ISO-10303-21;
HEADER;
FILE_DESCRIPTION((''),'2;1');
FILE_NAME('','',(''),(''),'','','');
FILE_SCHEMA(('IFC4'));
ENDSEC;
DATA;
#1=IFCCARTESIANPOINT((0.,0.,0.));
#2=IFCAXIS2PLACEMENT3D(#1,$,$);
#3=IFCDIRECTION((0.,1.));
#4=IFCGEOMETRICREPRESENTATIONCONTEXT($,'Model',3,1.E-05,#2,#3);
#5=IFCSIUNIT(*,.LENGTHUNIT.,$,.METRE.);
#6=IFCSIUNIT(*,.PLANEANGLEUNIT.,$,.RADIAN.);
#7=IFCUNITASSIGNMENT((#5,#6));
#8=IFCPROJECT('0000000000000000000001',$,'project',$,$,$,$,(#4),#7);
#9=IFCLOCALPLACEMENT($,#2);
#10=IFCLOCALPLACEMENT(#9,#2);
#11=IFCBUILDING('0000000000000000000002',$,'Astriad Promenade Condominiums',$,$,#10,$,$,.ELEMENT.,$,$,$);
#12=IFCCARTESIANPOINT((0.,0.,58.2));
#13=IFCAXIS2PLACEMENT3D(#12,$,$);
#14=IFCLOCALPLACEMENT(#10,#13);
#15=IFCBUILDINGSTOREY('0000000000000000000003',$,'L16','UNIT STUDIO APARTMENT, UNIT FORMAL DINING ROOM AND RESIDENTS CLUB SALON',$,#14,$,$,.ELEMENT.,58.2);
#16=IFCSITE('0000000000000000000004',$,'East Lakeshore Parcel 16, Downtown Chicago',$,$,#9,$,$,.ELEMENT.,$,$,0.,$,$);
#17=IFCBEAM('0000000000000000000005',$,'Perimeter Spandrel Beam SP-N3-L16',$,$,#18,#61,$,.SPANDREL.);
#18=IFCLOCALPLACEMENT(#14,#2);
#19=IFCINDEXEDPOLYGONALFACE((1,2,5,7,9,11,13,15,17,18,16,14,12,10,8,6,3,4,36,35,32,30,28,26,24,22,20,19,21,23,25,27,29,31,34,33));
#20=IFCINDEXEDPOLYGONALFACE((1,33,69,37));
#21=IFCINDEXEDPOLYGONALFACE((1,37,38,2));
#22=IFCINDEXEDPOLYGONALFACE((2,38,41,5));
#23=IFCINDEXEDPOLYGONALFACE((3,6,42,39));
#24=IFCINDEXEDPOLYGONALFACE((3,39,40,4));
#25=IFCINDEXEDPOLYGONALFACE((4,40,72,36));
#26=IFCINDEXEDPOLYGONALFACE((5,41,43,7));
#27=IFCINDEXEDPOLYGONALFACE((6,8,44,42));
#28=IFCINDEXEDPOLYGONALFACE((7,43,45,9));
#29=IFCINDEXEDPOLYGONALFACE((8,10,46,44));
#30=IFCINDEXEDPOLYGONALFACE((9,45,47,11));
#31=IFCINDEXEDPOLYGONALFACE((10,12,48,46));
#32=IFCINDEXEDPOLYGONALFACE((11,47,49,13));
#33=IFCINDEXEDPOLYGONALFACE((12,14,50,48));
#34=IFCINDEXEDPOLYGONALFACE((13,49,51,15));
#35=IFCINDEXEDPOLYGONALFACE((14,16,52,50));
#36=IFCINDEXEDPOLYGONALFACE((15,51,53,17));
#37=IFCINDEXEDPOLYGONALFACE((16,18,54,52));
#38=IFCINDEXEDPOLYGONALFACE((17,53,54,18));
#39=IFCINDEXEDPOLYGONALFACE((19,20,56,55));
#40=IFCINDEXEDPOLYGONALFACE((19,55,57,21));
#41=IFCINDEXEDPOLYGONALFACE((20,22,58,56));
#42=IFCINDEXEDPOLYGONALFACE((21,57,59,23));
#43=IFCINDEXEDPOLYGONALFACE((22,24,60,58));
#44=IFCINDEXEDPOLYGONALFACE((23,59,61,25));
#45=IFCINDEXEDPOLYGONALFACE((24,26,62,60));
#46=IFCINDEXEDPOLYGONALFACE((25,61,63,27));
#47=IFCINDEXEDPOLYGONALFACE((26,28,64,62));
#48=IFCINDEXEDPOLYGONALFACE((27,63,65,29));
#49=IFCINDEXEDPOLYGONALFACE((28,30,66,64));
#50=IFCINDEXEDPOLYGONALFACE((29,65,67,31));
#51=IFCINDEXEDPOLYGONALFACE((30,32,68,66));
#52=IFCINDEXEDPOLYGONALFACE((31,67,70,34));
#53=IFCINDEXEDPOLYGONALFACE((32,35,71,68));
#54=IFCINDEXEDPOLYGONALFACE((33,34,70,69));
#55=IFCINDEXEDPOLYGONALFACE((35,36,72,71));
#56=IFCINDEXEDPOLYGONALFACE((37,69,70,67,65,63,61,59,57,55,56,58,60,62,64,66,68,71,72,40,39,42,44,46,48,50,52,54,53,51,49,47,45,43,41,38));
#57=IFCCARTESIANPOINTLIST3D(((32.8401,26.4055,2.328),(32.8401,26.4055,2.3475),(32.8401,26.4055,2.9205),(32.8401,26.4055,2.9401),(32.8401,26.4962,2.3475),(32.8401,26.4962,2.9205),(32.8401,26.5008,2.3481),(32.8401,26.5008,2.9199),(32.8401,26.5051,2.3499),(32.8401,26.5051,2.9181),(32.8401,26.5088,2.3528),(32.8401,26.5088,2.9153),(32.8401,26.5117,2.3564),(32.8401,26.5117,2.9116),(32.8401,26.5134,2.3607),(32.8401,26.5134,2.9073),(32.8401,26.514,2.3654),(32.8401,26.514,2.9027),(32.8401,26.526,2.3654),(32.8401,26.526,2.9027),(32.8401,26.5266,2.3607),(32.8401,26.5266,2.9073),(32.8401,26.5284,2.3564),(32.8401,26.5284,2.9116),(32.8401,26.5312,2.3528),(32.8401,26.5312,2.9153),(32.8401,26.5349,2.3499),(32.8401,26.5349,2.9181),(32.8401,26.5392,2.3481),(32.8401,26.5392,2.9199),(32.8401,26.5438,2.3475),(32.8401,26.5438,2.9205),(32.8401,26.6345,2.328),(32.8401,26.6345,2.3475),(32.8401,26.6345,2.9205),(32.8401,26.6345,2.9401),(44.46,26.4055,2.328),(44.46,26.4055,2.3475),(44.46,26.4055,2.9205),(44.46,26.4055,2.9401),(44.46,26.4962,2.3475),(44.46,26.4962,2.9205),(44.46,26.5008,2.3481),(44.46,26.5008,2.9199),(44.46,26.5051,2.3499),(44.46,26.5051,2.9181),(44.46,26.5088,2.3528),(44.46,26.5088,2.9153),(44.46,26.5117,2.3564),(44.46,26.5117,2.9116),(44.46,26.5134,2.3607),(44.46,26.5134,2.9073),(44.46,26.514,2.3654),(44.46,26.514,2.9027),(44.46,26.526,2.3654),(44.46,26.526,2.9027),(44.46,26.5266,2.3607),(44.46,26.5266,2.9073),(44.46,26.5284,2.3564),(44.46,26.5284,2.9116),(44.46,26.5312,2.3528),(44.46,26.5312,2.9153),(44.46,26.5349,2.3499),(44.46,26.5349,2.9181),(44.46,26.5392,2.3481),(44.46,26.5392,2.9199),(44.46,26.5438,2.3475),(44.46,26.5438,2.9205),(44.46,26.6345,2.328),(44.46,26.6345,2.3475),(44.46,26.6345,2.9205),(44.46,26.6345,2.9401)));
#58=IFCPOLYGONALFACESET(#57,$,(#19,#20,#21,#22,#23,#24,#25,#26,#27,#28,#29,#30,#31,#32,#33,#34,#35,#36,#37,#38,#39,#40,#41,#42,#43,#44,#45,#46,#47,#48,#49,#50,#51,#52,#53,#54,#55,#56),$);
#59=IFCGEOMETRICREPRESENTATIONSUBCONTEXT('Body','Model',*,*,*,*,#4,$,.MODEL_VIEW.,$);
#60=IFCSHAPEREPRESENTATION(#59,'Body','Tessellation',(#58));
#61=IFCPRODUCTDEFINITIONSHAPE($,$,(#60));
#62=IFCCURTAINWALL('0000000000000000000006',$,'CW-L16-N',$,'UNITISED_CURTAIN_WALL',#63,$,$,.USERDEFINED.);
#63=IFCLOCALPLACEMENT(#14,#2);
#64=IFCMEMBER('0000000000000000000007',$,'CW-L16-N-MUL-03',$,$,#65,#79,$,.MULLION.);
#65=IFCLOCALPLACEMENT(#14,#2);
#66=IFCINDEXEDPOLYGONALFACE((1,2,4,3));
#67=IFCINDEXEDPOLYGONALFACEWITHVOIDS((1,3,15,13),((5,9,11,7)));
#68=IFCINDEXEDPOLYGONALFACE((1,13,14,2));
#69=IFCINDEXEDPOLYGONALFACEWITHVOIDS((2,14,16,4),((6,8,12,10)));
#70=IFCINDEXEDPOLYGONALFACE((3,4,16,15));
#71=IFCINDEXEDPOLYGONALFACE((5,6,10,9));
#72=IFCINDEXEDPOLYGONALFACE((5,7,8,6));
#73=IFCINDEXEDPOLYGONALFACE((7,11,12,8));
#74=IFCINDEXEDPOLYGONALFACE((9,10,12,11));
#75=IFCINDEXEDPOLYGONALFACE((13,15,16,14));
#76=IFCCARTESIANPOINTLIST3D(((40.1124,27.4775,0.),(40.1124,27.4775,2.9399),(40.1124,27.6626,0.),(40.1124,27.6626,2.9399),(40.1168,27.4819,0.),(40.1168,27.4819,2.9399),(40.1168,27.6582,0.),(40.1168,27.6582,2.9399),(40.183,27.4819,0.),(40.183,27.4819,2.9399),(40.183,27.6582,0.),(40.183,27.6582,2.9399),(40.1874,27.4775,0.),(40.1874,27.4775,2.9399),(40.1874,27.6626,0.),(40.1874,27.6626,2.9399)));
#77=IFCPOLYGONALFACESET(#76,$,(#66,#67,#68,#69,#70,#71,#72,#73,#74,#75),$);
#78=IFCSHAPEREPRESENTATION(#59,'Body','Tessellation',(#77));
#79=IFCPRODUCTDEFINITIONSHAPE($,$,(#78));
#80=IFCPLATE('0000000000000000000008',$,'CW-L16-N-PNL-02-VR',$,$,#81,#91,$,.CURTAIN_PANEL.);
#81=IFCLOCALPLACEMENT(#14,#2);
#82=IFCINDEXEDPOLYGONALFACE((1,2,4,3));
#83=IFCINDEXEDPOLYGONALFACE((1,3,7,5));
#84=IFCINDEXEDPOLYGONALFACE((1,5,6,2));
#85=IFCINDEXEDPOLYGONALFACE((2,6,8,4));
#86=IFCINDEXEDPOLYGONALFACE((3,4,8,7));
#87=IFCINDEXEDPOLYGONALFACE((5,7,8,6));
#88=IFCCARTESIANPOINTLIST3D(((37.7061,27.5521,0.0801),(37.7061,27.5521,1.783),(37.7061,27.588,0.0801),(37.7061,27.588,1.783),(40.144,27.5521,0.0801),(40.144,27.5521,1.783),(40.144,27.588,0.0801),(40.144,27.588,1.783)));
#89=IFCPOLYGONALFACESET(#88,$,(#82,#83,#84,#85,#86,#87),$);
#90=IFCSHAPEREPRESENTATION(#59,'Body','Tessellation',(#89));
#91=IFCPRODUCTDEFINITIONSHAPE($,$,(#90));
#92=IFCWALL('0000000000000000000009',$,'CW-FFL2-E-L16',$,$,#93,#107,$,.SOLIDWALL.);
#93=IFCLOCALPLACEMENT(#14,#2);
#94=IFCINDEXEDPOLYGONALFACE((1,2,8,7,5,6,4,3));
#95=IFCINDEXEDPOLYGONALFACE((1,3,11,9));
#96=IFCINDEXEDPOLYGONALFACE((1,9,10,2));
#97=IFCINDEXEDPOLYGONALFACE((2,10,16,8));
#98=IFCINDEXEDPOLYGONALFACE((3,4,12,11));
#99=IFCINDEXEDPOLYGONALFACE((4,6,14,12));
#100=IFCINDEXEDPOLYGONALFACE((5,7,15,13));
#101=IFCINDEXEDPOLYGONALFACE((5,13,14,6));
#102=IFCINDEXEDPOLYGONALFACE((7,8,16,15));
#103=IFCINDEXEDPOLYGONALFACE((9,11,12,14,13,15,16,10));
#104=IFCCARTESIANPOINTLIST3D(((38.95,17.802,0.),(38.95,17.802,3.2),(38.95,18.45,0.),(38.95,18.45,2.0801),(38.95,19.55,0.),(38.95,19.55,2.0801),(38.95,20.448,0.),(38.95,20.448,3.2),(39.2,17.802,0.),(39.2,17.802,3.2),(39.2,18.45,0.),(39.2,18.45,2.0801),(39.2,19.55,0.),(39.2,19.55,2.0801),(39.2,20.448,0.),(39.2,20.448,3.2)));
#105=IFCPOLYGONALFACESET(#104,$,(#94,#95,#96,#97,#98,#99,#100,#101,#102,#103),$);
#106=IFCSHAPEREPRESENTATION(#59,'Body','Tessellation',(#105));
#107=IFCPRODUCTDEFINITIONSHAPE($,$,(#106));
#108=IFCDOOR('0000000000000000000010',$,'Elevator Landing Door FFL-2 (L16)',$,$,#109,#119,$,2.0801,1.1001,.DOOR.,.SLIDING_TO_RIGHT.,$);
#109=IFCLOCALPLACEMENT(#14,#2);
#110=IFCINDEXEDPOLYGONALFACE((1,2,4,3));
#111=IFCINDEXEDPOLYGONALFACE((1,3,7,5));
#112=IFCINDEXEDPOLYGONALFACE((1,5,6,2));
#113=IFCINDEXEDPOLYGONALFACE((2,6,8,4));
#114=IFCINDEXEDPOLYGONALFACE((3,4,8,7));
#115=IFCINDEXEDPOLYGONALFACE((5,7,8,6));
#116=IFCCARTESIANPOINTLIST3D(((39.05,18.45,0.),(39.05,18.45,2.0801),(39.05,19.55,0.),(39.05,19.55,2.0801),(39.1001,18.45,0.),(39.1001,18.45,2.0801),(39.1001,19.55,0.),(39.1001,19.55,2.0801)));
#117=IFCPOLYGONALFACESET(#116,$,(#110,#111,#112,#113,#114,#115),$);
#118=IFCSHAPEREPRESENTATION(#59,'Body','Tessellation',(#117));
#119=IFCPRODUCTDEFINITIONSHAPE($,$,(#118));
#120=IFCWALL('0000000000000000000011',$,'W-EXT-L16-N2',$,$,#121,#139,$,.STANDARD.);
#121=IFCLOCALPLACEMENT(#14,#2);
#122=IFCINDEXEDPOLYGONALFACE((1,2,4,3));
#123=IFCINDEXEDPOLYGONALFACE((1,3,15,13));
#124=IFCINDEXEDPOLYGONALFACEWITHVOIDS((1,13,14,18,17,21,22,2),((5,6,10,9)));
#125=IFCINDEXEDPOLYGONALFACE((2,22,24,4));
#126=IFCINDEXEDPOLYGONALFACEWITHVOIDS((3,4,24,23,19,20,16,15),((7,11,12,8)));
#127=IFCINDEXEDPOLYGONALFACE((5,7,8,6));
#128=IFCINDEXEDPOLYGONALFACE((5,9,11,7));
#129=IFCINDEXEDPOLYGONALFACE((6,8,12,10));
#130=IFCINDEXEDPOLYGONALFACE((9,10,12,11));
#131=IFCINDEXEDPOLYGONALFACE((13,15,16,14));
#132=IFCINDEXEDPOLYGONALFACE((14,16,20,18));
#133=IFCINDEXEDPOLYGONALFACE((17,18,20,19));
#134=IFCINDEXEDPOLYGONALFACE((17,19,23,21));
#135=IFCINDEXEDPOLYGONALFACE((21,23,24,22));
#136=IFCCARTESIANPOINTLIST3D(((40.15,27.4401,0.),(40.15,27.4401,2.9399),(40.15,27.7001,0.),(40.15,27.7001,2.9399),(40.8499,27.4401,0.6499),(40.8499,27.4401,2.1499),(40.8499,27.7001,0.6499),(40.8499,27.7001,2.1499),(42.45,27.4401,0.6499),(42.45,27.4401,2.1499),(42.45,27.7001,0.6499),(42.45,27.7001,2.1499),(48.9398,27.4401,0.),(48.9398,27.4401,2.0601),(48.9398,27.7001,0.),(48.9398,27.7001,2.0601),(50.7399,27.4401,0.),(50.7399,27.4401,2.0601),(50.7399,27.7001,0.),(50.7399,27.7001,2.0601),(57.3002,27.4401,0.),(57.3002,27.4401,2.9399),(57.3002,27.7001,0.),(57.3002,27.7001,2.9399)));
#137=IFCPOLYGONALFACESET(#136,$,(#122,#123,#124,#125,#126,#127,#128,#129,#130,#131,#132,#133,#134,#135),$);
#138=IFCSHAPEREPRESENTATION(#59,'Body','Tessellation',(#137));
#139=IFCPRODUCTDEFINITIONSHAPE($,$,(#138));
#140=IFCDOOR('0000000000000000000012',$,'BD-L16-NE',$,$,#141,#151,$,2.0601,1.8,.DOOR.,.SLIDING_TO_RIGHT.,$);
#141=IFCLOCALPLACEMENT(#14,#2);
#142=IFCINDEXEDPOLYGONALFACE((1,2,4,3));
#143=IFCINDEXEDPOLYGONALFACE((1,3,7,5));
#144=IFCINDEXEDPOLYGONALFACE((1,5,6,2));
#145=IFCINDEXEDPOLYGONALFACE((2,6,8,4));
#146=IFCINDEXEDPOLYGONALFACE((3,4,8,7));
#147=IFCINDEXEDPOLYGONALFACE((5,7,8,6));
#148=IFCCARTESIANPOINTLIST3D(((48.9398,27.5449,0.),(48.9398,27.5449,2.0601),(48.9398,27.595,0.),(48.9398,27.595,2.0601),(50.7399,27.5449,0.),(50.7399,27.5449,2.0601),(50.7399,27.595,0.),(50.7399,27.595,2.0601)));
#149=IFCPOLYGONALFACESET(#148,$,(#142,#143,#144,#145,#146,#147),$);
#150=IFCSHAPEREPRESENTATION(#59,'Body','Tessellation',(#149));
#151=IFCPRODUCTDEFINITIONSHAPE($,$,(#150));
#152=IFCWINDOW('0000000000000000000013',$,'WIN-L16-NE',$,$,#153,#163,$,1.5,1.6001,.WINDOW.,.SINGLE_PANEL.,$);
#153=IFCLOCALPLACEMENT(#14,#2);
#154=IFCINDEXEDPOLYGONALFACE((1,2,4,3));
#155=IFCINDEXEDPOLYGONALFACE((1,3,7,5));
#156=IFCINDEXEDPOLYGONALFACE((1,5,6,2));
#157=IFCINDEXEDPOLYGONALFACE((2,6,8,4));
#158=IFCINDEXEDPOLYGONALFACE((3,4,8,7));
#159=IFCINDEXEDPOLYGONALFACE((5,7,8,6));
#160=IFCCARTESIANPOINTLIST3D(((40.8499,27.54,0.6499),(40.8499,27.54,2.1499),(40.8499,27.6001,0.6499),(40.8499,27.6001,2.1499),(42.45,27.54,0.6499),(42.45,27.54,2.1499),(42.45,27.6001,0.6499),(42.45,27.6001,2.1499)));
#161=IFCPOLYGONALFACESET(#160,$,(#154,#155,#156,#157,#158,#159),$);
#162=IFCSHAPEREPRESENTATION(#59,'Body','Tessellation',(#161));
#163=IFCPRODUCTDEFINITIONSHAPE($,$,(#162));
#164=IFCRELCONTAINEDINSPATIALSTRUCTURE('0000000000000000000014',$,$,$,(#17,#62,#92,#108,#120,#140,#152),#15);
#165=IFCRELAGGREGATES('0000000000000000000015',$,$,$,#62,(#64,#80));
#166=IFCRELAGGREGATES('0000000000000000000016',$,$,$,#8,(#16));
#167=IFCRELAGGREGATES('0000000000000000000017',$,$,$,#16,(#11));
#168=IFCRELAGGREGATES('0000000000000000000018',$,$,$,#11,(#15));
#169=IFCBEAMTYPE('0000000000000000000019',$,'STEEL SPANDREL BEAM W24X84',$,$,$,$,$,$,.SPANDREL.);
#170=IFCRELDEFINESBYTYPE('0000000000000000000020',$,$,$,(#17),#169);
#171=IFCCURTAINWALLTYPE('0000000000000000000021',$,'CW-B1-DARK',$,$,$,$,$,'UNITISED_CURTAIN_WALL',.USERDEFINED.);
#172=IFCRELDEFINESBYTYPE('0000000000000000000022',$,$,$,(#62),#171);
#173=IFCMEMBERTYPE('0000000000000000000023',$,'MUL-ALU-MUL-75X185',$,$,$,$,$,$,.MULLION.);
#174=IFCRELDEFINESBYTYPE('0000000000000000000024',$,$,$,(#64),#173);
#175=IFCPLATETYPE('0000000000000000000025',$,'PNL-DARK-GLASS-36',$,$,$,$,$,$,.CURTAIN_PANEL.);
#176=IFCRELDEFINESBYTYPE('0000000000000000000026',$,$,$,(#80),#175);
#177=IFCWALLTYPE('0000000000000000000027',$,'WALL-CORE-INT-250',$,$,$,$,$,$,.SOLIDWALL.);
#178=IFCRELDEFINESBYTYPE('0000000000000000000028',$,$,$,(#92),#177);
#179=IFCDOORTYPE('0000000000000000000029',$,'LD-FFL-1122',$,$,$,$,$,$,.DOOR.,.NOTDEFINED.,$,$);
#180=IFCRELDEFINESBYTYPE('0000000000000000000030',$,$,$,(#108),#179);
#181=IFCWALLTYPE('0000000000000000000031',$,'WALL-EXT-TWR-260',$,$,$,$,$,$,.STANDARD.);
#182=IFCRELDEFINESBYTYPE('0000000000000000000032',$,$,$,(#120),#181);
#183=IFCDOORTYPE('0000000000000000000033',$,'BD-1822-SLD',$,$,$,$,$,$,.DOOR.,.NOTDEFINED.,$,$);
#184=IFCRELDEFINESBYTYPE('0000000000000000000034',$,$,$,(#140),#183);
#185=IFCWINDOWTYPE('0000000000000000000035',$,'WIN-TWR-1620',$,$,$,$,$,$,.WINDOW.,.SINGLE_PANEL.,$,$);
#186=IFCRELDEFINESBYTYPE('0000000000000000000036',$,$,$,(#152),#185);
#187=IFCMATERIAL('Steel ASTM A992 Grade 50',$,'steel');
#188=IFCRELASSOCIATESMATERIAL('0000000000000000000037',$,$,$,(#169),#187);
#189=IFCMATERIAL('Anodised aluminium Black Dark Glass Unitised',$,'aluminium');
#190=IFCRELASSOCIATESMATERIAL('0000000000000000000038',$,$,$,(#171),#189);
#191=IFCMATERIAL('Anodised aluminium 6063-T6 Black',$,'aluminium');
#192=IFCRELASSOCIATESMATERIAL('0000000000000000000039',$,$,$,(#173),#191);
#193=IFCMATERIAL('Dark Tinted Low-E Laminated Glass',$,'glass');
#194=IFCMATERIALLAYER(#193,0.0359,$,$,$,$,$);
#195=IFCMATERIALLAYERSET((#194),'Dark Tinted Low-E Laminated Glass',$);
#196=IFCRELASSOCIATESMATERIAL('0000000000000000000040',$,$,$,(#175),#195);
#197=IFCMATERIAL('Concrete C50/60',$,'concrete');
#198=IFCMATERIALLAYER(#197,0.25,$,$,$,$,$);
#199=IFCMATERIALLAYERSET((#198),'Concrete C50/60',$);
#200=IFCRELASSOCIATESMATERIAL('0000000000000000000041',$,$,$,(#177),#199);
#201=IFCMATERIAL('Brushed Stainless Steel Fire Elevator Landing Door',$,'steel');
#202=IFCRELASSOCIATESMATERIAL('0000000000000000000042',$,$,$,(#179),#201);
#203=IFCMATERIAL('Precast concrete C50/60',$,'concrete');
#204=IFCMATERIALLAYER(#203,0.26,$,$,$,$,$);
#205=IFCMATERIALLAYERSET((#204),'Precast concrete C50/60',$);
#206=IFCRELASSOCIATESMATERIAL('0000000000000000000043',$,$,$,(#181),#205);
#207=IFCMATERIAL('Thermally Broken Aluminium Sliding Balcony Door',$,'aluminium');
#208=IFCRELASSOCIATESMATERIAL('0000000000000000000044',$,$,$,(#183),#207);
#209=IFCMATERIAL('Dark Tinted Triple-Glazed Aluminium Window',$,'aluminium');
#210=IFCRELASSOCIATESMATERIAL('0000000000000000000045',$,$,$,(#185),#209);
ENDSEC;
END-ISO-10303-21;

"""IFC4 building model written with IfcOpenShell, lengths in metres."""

from ifc_helpers import new_model, si_unit, direction, frame, frame_2d, origin, origin_2d, place, context, subcontext, project, spatial, rectangle, hollow_rectangle, i_section, extrude, source, transform, mapped, material, layer, layer_set, material_profile, profile_set, type_object, type_shapes, element, fill, aggregate, save


model = new_model("IFC4")

# Units and contexts
model_context = context("Model", 3, precision=1e-05, world=origin(), true_north=direction((0.0, 1.0)))
body_context = subcontext(model_context, "Body", "Model", "MODEL_VIEW")
ifc_project = project(units=[si_unit("LENGTHUNIT", "METRE"), si_unit("PLANEANGLEUNIT", "RADIAN")], contexts=[model_context])

# Site, building, storey
site_placement = place(None, origin())
site = spatial("IfcSite", under=ifc_project, at=site_placement, Name="East Lakeshore Parcel 16, Downtown Chicago", CompositionType="ELEMENT", RefElevation=0.0)
building_placement = place(site_placement, origin())
building = spatial("IfcBuilding", under=site, at=building_placement, Name="Astriad Promenade Condominiums", CompositionType="ELEMENT")
storey_placement = place(building_placement, frame((0.0, 0.0, 58.2)))
storey = spatial("IfcBuildingStorey", under=building, at=storey_placement, Name="L16", Description="UNIT STUDIO APARTMENT, UNIT FORMAL DINING ROOM AND RESIDENTS CLUB SALON", CompositionType="ELEMENT", Elevation=58.2)

# Shared definitions
ifc_material_1 = material(Name="Steel ASTM A992 Grade 50", Category="steel")

# Beam
ifc_material_profile_1 = material_profile(ifc_material_1, i_section(OverallWidth=0.229, OverallDepth=0.6121, WebThickness=0.012, FlangeThickness=0.0195, FilletRadius=0.0178, at=origin_2d()), Name="W24X84")
ifc_profile_set_1 = profile_set([ifc_material_profile_1], Name="Steel ASTM A992 Grade 50")
beam_type_1 = type_object("IfcBeamType", Name="STEEL SPANDREL BEAM W24X84", PredefinedType="SPANDREL", material=ifc_profile_set_1)
shared_shape_1 = source(origin(), body_context, "Body", "SweptSolid", [
    extrude(i_section(OverallWidth=0.229, OverallDepth=0.6121, WebThickness=0.012, FlangeThickness=0.0195, FilletRadius=0.0178, at=origin_2d()), origin(), (0.0, 0.0, 1.0), 11.6199),
])
type_shapes(beam_type_1, [shared_shape_1])
beam_1_placement = place(storey_placement, frame((44.46, 26.52, 2.634), z_axis=(-1.0, 0.0, 0.0), x_axis=(0.0, -1.0, 0.0)))
element("IfcBeam", 1, at=beam_1_placement, inside=storey, type_object=beam_type_1, Name="Perimeter Spandrel Beam SP-N3-L16", PredefinedType="SPANDREL", context=body_context, shape_type="MappedRepresentation", body=[
    mapped(shared_shape_1, transform((0.0, 0.0, 0.0), scale=1.0)),
])

# Curtain wall, member, plate
ifc_material_2 = material(Name="Anodised aluminium Black Dark Glass Unitised", Category="aluminium")
curtain_wall_type = type_object("IfcCurtainWallType", Name="CW-B1-DARK", ElementType="UNITISED_CURTAIN_WALL", PredefinedType="USERDEFINED", material=ifc_material_2)
curtain_wall_placement = place(storey_placement, origin())
curtain_wall = element("IfcCurtainWall", 2, at=curtain_wall_placement, inside=storey, type_object=curtain_wall_type, Name="CW-L16-N", ObjectType="UNITISED_CURTAIN_WALL", PredefinedType="USERDEFINED")
ifc_material_3 = material(Name="Anodised aluminium 6063-T6 Black", Category="aluminium")
ifc_material_profile_2 = material_profile(ifc_material_3, hollow_rectangle(XDim=0.075, YDim=0.1851, WallThickness=0.0044, at=origin_2d()), Name="ALU-MUL-75X185")
ifc_profile_set_2 = profile_set([ifc_material_profile_2], Name="Anodised aluminium 6063-T6 Black")
member_type = type_object("IfcMemberType", Name="MUL-ALU-MUL-75X185", PredefinedType="MULLION", material=ifc_profile_set_2)
shared_shape_2 = source(origin(), body_context, "Body", "SweptSolid", [
    extrude(hollow_rectangle(XDim=0.075, YDim=0.1851, WallThickness=0.0044, at=origin_2d()), origin(), (0.0, 0.0, 1.0), 2.9399),
])
type_shapes(member_type, [shared_shape_2])
member_placement = place(storey_placement, frame((40.1499, 27.5701, 0.0), z_axis=(0.0, 0.0, 1.0), x_axis=(1.0, 0.0, 0.0)))
member = element("IfcMember", 3, at=member_placement, type_object=member_type, Name="CW-L16-N-MUL-03", PredefinedType="MULLION", context=body_context, shape_type="MappedRepresentation", body=[
    mapped(shared_shape_2, transform((0.0, 0.0, 0.0), scale=1.0)),
])
ifc_material_4 = material(Name="Dark Tinted Low-E Laminated Glass", Category="glass")
ifc_layer_1 = layer(ifc_material_4, 0.0359)
ifc_layer_set_1 = layer_set([ifc_layer_1], Name="Dark Tinted Low-E Laminated Glass")
plate_type = type_object("IfcPlateType", Name="PNL-DARK-GLASS-36", PredefinedType="CURTAIN_PANEL", material=ifc_layer_set_1)
shared_shape_3 = source(origin(), body_context, "Body", "SweptSolid", [
    extrude(rectangle(XDim=2.438, YDim=0.0359, at=origin_2d()), origin(), (0.0, 0.0, 1.0), 1.7029),
])
type_shapes(plate_type, [shared_shape_3])
plate_placement = place(storey_placement, frame((38.925, 27.5701, 0.0801), z_axis=(0.0, 0.0, 1.0), x_axis=(1.0, 0.0, 0.0)))
plate = element("IfcPlate", 4, at=plate_placement, type_object=plate_type, Name="CW-L16-N-PNL-02-VR", PredefinedType="CURTAIN_PANEL", context=body_context, shape_type="MappedRepresentation", body=[
    mapped(shared_shape_3, transform((0.0, 0.0, 0.0), scale=1.0)),
])
aggregate(curtain_wall, [member, plate])

# Wall, opening, door
ifc_material_5 = material(Name="Concrete C50/60", Category="concrete")
ifc_layer_2 = layer(ifc_material_5, 0.25)
ifc_layer_set_2 = layer_set([ifc_layer_2], Name="Concrete C50/60")
wall_type_1 = type_object("IfcWallType", Name="WALL-CORE-INT-250", PredefinedType="SOLIDWALL", material=ifc_layer_set_2)
wall_1_placement = place(storey_placement, frame((39.075, 17.802, 0.0), z_axis=(0.0, 0.0, 1.0), x_axis=(0.0, 1.0, 0.0)))
wall_1 = element("IfcWall", 5, at=wall_1_placement, inside=storey, type_object=wall_type_1, Name="CW-FFL2-E-L16", PredefinedType="SOLIDWALL", context=body_context, shape_type="SweptSolid", body=[
    extrude(rectangle(XDim=2.646, YDim=0.25, at=frame_2d((1.323, 0.0))), origin(), (0.0, 0.0, 1.0), 3.2),
])
opening_1_placement = place(wall_1_placement, frame((0.6479, 0.0, 0.0)))
opening_1 = element("IfcOpeningElement", 6, at=opening_1_placement, cuts=wall_1, PredefinedType="OPENING", context=body_context, shape_type="SweptSolid", body=[
    extrude(rectangle(XDim=1.1001, YDim=2.0801, at=frame_2d((0.55, 1.04))), frame((0.0, 0.135, 0.0), z_axis=(0.0, -1.0, 0.0), x_axis=(1.0, 0.0, 0.0)), (0.0, 0.0, 1.0), 0.27),
])
ifc_material_6 = material(Name="Brushed Stainless Steel Fire Elevator Landing Door", Category="steel")
door_type_1 = type_object("IfcDoorType", Name="LD-FFL-1122", OperationType="NOTDEFINED", PredefinedType="DOOR", material=ifc_material_6)
shared_shape_4 = source(origin(), body_context, "Body", "SweptSolid", [
    extrude(rectangle(XDim=1.1001, YDim=2.0801, at=frame_2d((0.55, 1.04))), frame((0.0, 0.0249, 0.0), z_axis=(0.0, -1.0, 0.0), x_axis=(1.0, 0.0, 0.0)), (0.0, 0.0, 1.0), 0.05),
])
type_shapes(door_type_1, [shared_shape_4])
door_1_placement = place(opening_1_placement, origin())
door_1 = element("IfcDoor", 7, at=door_1_placement, inside=storey, type_object=door_type_1, Name="Elevator Landing Door FFL-2 (L16)", OperationType="SLIDING_TO_RIGHT", OverallHeight=2.0801, OverallWidth=1.1001, PredefinedType="DOOR", context=body_context, shape_type="MappedRepresentation", body=[
    mapped(shared_shape_4, transform((0.0, 0.0, 0.0), scale=1.0)),
])
fill(opening_1, door_1)

# Wall, openings, door, window
ifc_material_7 = material(Name="Precast concrete C50/60", Category="concrete")
ifc_layer_3 = layer(ifc_material_7, 0.26)
ifc_layer_set_3 = layer_set([ifc_layer_3], Name="Precast concrete C50/60")
wall_type_2 = type_object("IfcWallType", Name="WALL-EXT-TWR-260", PredefinedType="STANDARD", material=ifc_layer_set_3)
wall_2_placement = place(storey_placement, frame((40.1499, 27.5701, 0.0), z_axis=(0.0, 0.0, 1.0), x_axis=(1.0, 0.0, 0.0)))
wall_2 = element("IfcWall", 8, at=wall_2_placement, inside=storey, type_object=wall_type_2, Name="W-EXT-L16-N2", PredefinedType="STANDARD", context=body_context, shape_type="SweptSolid", body=[
    extrude(rectangle(XDim=17.1501, YDim=0.26, at=frame_2d((8.5752, 0.0))), origin(), (0.0, 0.0, 1.0), 2.9399),
])
opening_2_placement = place(wall_2_placement, frame((8.79, 0.0, 0.0)))
opening_2 = element("IfcOpeningElement", 9, at=opening_2_placement, cuts=wall_2, PredefinedType="OPENING", context=body_context, shape_type="SweptSolid", body=[
    extrude(rectangle(XDim=1.8, YDim=2.0601, at=frame_2d((0.8999, 1.03))), frame((0.0, 0.1399, 0.0), z_axis=(0.0, -1.0, 0.0), x_axis=(1.0, 0.0, 0.0)), (0.0, 0.0, 1.0), 0.28),
])
opening_3_placement = place(wall_2_placement, frame((0.7, 0.0, 0.6499)))
opening_3 = element("IfcOpeningElement", 10, at=opening_3_placement, cuts=wall_2, PredefinedType="OPENING", context=body_context, shape_type="SweptSolid", body=[
    extrude(rectangle(XDim=1.6001, YDim=1.5, at=frame_2d((0.8, 0.75))), frame((0.0, 0.1399, 0.0), z_axis=(0.0, -1.0, 0.0), x_axis=(1.0, 0.0, 0.0)), (0.0, 0.0, 1.0), 0.28),
])
ifc_material_8 = material(Name="Thermally Broken Aluminium Sliding Balcony Door", Category="aluminium")
door_type_2 = type_object("IfcDoorType", Name="BD-1822-SLD", OperationType="NOTDEFINED", PredefinedType="DOOR", material=ifc_material_8)
shared_shape_5 = source(origin(), body_context, "Body", "SweptSolid", [
    extrude(rectangle(XDim=1.8, YDim=2.0601, at=frame_2d((0.8999, 1.03))), frame((0.0, 0.0249, 0.0), z_axis=(0.0, -1.0, 0.0), x_axis=(1.0, 0.0, 0.0)), (0.0, 0.0, 1.0), 0.05),
])
type_shapes(door_type_2, [shared_shape_5])
door_2_placement = place(opening_2_placement, origin())
door_2 = element("IfcDoor", 11, at=door_2_placement, inside=storey, type_object=door_type_2, Name="BD-L16-NE", OperationType="SLIDING_TO_RIGHT", OverallHeight=2.0601, OverallWidth=1.8, PredefinedType="DOOR", context=body_context, shape_type="MappedRepresentation", body=[
    mapped(shared_shape_5, transform((0.0, 0.0, 0.0), scale=1.0)),
])
fill(opening_2, door_2)
ifc_material_9 = material(Name="Dark Tinted Triple-Glazed Aluminium Window", Category="aluminium")
window_type = type_object("IfcWindowType", Name="WIN-TWR-1620", PartitioningType="SINGLE_PANEL", PredefinedType="WINDOW", material=ifc_material_9)
shared_shape_6 = source(origin(), body_context, "Body", "SweptSolid", [
    extrude(rectangle(XDim=1.6001, YDim=1.5, at=frame_2d((0.8, 0.75))), frame((0.0, 0.03, 0.0), z_axis=(0.0, -1.0, 0.0), x_axis=(1.0, 0.0, 0.0)), (0.0, 0.0, 1.0), 0.0601),
])
type_shapes(window_type, [shared_shape_6])
window_placement = place(opening_3_placement, origin())
window = element("IfcWindow", 12, at=window_placement, inside=storey, type_object=window_type, Name="WIN-L16-NE", OverallHeight=1.5, OverallWidth=1.6001, PartitioningType="SINGLE_PANEL", PredefinedType="WINDOW", context=body_context, shape_type="MappedRepresentation", body=[
    mapped(shared_shape_6, transform((0.0, 0.0, 0.0), scale=1.0)),
])
fill(opening_3, window)

save(model, "model.ifc")
